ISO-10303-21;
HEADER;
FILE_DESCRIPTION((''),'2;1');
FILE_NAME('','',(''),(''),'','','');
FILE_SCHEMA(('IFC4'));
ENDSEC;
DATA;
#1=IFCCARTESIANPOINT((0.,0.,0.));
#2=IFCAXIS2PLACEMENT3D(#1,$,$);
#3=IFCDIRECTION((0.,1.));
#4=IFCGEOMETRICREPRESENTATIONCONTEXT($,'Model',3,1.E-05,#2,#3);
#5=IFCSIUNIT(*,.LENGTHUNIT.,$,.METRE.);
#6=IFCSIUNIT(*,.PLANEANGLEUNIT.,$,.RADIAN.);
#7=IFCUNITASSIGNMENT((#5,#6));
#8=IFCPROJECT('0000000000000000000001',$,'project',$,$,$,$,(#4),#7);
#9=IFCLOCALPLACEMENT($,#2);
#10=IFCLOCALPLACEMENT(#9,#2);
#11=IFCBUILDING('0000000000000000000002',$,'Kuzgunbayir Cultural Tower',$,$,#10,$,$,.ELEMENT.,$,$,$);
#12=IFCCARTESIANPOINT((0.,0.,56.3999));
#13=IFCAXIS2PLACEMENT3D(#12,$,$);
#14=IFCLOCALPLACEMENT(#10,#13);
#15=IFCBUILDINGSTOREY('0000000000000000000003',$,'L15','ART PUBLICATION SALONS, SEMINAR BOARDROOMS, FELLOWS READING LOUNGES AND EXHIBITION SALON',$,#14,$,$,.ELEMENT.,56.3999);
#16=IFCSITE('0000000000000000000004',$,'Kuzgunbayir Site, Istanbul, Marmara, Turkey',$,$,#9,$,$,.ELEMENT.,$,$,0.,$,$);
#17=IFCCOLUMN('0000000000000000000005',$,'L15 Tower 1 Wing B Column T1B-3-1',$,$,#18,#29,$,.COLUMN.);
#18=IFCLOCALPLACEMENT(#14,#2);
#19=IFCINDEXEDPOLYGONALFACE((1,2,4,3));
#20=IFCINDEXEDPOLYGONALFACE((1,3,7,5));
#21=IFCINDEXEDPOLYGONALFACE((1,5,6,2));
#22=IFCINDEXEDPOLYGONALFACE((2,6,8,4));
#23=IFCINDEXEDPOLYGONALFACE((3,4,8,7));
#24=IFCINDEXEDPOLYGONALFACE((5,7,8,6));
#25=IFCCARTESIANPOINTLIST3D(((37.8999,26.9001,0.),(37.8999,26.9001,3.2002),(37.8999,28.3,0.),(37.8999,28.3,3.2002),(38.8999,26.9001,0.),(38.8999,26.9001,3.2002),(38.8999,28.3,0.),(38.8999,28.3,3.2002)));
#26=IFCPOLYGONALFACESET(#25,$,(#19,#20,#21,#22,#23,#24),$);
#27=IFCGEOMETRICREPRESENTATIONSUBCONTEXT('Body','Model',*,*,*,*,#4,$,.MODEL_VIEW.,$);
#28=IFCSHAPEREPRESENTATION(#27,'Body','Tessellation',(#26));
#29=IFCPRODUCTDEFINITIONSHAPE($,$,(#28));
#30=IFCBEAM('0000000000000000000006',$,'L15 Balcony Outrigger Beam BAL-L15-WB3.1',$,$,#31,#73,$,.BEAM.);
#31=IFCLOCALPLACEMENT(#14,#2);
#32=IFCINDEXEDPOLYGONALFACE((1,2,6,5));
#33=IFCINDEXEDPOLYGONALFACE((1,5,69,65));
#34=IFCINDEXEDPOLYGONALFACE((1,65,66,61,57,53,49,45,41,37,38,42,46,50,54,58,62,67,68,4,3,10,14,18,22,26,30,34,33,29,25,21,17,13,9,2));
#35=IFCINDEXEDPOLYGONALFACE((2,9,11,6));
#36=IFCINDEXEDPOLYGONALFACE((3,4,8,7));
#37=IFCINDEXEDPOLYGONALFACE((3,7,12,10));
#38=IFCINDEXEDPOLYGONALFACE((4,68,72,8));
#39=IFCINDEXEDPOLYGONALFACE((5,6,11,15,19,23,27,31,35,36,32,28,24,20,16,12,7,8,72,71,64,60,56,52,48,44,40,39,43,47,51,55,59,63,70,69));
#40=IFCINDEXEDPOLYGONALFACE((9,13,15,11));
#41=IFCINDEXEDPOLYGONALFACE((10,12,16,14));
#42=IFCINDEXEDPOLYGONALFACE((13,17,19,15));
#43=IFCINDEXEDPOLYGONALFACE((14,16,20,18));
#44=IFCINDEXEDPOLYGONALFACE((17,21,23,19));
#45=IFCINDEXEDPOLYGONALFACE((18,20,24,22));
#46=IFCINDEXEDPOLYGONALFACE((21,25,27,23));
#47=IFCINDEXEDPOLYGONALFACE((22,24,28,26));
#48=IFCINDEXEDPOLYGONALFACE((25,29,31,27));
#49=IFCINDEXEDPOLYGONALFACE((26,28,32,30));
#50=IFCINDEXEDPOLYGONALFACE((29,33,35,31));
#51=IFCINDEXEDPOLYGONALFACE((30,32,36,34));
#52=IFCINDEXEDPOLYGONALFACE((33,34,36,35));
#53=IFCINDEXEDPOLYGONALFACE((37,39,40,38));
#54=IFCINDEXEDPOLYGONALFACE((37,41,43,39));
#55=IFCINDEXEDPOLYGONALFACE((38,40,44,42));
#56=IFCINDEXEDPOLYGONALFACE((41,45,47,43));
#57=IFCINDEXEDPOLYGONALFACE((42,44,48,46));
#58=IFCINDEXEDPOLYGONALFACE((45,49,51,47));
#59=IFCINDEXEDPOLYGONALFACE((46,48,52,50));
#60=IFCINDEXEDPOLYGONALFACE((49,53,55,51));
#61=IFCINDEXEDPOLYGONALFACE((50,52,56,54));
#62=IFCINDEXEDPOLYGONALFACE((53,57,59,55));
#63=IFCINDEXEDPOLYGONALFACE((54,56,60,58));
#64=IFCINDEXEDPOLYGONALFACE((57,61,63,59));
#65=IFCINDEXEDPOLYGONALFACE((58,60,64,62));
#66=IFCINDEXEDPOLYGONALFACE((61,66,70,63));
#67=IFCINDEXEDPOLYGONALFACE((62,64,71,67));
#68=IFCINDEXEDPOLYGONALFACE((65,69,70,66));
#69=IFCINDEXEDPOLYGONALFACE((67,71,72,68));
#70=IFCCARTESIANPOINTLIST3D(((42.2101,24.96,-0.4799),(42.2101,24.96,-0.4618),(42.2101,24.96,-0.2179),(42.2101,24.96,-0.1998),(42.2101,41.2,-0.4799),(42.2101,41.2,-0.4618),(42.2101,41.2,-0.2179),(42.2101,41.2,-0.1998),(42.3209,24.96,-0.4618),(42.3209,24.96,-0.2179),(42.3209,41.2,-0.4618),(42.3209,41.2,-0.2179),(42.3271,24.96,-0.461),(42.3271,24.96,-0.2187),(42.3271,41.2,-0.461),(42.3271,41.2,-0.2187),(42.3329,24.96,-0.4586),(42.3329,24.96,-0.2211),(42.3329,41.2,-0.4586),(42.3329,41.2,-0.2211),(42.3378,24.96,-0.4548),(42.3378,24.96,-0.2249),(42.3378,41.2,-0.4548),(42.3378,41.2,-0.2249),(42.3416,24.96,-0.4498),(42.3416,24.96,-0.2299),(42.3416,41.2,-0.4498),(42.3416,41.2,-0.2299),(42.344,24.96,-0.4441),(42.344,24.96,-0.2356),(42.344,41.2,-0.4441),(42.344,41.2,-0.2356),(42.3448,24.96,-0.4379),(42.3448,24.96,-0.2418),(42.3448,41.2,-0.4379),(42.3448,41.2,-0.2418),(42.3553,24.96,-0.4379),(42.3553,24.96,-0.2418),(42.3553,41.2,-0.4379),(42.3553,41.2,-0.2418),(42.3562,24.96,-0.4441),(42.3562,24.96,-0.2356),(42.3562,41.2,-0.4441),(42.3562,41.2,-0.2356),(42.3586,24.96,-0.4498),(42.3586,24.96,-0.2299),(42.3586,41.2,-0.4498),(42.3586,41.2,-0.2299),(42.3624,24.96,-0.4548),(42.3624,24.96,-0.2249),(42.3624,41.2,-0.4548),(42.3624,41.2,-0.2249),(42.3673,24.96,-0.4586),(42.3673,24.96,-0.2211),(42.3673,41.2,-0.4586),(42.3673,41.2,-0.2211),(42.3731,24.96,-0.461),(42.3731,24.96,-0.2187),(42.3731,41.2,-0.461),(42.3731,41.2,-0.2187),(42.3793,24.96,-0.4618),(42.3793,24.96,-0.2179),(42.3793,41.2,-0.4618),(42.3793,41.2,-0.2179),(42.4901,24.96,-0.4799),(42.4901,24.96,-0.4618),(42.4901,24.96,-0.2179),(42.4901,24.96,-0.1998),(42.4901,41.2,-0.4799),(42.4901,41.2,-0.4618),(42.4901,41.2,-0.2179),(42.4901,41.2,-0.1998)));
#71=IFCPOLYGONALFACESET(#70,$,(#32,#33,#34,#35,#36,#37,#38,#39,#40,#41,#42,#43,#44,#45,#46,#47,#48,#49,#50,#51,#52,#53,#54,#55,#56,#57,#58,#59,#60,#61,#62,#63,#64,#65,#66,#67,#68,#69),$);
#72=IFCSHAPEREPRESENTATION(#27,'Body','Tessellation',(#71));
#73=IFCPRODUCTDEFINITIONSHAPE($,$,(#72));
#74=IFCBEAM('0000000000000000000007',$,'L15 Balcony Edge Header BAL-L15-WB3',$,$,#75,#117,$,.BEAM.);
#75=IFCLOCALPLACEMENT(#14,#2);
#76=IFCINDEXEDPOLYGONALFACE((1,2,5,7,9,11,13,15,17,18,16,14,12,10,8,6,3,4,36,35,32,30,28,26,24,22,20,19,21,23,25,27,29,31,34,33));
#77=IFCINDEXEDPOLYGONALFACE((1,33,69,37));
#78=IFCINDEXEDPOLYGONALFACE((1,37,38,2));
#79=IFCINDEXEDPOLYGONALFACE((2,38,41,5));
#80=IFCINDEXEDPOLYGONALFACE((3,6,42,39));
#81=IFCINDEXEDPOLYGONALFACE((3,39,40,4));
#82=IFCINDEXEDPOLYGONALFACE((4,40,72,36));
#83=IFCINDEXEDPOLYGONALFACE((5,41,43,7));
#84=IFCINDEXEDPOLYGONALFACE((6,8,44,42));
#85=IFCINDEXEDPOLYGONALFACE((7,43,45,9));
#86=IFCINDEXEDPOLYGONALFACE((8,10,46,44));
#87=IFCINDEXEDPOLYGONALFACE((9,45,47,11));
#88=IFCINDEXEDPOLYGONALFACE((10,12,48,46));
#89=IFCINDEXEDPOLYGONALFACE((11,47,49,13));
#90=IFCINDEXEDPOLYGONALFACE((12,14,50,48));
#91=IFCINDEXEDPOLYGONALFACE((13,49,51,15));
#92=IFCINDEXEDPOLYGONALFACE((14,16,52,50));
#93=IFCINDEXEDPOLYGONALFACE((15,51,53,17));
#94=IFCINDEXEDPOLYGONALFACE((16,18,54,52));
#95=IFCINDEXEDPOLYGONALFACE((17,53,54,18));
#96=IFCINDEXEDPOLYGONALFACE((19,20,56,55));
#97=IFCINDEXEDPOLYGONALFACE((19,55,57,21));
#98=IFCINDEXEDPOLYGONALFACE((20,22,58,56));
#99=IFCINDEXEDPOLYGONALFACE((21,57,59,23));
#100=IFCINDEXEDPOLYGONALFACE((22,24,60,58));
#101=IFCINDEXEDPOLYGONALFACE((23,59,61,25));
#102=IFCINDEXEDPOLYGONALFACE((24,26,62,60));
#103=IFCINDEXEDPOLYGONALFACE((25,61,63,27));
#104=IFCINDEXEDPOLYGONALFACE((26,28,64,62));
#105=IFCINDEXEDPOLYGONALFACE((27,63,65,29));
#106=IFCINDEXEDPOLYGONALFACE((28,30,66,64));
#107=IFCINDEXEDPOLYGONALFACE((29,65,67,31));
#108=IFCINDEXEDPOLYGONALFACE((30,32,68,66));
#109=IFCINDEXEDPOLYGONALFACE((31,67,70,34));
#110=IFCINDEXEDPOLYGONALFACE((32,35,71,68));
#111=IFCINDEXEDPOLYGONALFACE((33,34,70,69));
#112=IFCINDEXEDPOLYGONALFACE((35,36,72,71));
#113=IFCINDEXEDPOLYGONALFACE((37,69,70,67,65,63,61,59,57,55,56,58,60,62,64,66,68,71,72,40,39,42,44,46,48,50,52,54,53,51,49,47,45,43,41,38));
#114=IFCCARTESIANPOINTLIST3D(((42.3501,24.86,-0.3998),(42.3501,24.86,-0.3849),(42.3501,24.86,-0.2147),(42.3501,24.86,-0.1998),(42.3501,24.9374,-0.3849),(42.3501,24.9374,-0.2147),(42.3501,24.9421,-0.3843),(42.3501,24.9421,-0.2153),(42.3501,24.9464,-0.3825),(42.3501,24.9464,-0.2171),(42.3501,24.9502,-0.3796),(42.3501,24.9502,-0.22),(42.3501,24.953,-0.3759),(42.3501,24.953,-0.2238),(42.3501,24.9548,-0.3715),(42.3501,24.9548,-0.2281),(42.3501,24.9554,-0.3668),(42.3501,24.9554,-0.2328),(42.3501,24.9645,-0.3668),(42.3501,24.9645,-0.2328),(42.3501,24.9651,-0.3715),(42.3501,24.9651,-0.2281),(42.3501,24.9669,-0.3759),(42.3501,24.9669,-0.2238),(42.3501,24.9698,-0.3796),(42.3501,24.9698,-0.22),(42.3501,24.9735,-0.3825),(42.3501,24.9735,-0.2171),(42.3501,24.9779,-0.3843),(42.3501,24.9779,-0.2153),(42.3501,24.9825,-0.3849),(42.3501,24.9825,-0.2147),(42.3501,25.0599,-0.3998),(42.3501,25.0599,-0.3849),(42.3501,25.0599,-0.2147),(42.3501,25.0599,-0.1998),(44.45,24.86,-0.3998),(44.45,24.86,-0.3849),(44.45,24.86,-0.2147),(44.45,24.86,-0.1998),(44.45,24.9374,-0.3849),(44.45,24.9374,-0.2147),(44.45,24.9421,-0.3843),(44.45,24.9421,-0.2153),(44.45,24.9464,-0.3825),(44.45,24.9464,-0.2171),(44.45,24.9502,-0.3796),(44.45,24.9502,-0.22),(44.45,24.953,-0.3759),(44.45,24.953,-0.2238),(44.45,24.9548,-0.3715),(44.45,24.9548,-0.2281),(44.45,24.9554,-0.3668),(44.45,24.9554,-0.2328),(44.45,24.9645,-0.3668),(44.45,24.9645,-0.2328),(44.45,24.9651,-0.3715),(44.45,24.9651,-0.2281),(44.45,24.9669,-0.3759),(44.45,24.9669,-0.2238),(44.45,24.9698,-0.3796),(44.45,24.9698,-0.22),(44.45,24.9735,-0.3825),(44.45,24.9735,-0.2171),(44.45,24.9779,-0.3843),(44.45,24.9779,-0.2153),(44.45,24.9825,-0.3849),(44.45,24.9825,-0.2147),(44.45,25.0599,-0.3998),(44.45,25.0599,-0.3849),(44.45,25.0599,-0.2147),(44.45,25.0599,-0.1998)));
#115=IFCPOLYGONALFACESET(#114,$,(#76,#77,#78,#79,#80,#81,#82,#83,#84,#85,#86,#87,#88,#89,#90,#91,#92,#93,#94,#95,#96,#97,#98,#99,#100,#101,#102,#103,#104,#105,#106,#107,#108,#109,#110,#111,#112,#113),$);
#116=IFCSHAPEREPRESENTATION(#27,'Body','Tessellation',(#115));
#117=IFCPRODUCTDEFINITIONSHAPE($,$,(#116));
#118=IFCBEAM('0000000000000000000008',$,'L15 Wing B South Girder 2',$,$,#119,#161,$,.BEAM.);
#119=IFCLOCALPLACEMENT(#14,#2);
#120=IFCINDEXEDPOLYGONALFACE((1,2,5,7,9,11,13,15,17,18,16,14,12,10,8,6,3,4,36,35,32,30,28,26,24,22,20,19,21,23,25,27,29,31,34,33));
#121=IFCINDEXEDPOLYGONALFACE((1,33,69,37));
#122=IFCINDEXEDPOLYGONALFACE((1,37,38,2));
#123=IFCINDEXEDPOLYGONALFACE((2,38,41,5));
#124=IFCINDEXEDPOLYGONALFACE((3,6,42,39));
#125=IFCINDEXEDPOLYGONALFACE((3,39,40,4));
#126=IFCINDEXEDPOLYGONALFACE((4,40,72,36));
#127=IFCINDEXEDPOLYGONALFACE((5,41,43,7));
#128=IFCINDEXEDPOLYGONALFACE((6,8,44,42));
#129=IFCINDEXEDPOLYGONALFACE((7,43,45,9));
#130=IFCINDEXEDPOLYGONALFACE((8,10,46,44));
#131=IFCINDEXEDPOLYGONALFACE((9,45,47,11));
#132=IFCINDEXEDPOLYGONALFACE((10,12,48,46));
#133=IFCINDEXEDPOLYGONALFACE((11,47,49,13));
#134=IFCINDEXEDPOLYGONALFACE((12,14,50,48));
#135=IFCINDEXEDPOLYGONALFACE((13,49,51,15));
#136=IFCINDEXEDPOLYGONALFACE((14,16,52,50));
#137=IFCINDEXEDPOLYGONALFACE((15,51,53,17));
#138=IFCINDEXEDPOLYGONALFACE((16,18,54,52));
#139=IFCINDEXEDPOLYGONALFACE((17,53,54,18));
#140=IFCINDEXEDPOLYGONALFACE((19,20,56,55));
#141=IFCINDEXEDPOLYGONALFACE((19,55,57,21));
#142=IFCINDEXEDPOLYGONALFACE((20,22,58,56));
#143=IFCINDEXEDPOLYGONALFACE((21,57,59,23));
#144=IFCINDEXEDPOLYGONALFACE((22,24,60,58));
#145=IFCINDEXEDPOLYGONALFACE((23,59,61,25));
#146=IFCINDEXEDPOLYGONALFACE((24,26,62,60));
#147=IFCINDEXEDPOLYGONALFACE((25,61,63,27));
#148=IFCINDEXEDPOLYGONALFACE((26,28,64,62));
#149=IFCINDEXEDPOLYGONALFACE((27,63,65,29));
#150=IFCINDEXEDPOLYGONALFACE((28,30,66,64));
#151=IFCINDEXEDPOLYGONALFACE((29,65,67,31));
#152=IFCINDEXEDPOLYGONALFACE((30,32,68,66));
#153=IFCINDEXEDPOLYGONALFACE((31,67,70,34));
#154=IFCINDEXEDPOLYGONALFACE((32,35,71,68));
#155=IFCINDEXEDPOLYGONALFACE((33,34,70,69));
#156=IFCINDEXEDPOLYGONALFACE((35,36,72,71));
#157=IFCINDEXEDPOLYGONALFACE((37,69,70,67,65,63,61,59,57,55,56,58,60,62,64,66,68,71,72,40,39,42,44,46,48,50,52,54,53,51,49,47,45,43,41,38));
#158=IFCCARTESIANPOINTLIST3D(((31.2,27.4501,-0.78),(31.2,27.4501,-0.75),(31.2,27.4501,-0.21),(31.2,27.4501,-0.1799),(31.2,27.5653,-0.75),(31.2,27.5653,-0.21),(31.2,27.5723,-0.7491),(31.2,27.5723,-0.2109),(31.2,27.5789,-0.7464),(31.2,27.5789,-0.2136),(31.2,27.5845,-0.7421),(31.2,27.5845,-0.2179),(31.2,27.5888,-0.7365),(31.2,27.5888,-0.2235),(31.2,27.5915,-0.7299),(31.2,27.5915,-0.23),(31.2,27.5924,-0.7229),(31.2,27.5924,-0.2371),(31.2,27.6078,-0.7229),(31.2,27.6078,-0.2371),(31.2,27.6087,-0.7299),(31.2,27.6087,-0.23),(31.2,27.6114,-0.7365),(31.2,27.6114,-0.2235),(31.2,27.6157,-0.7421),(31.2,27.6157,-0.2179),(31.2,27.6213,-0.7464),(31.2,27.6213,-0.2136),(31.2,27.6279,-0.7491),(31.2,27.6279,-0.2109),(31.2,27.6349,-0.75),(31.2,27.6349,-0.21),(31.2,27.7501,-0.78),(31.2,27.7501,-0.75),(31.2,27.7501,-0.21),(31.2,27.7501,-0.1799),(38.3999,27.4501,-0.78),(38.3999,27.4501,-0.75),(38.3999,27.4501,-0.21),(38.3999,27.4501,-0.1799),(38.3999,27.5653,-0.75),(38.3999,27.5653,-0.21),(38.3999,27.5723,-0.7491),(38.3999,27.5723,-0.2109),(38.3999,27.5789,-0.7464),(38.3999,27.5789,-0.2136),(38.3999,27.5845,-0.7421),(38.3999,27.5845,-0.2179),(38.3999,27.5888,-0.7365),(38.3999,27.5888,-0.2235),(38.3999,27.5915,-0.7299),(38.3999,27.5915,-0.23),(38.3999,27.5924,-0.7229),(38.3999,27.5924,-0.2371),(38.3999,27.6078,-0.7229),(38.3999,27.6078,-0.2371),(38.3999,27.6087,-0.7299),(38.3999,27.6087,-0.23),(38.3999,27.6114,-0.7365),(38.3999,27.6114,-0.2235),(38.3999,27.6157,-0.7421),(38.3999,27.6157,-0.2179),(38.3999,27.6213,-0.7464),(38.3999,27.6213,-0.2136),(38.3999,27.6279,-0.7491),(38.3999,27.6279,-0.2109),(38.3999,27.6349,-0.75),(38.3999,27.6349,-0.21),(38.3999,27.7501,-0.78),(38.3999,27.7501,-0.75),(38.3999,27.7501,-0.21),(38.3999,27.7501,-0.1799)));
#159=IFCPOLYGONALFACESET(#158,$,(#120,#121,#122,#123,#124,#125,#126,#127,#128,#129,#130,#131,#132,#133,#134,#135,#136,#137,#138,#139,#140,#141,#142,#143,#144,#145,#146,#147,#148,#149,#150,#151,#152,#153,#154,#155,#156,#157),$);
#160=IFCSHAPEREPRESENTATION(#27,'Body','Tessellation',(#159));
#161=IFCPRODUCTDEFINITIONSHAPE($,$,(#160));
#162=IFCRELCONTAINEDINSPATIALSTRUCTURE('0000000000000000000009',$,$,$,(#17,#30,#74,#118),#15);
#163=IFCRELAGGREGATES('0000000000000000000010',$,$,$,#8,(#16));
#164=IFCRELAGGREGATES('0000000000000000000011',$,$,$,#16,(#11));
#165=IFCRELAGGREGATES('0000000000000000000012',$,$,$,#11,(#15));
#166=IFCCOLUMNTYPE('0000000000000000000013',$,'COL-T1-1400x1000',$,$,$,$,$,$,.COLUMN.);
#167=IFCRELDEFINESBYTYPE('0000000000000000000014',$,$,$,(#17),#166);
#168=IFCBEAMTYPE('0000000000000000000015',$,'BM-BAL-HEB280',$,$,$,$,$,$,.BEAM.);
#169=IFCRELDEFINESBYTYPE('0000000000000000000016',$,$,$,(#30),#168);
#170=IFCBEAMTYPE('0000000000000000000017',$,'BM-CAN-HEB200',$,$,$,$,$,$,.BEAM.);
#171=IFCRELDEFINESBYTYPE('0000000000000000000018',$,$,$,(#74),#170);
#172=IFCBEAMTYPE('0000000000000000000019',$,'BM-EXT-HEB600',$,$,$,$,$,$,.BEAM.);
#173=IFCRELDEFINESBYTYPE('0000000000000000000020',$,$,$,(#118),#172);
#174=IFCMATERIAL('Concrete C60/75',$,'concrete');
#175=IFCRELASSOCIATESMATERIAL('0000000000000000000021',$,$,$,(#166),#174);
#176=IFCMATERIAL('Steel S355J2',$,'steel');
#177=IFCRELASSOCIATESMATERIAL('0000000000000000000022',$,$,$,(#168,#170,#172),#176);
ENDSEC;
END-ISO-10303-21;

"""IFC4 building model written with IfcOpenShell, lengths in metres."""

from ifc_helpers import new_model, si_unit, direction, frame, origin, origin_2d, place, context, subcontext, project, spatial, rectangle, i_section, extrude, material, material_profile, profile_set, type_object, element, save


model = new_model("IFC4")

# Units and contexts
model_context = context("Model", 3, precision=1e-05, world=origin(), true_north=direction((0.0, 1.0)))
body_context = subcontext(model_context, "Body", "Model", "MODEL_VIEW")
ifc_project = project(units=[si_unit("LENGTHUNIT", "METRE"), si_unit("PLANEANGLEUNIT", "RADIAN")], contexts=[model_context])

# Site, building, storey
site_placement = place(None, origin())
site = spatial("IfcSite", under=ifc_project, at=site_placement, Name="Kuzgunbayir Site, Istanbul, Marmara, Turkey", CompositionType="ELEMENT", RefElevation=0.0)
building_placement = place(site_placement, origin())
building = spatial("IfcBuilding", under=site, at=building_placement, Name="Kuzgunbayir Cultural Tower", CompositionType="ELEMENT")
storey_placement = place(building_placement, frame((0.0, 0.0, 56.3999)))
storey = spatial("IfcBuildingStorey", under=building, at=storey_placement, Name="L15", Description="ART PUBLICATION SALONS, SEMINAR BOARDROOMS, FELLOWS READING LOUNGES AND EXHIBITION SALON", CompositionType="ELEMENT", Elevation=56.3999)

# Column
ifc_material_1 = material(Name="Concrete C60/75", Category="concrete")
ifc_material_profile_1 = material_profile(ifc_material_1, rectangle(XDim=1.0, YDim=1.3999, at=origin_2d()), Name="RC 1400x1000")
ifc_profile_set_1 = profile_set([ifc_material_profile_1], Name="Concrete C60/75")
column_type = type_object("IfcColumnType", Name="COL-T1-1400x1000", PredefinedType="COLUMN", material=ifc_profile_set_1)
column_placement = place(storey_placement, frame((38.3999, 27.6001, 0.0), z_axis=(0.0, 0.0, 1.0), x_axis=(1.0, 0.0, 0.0)))
element("IfcColumn", 1, at=column_placement, inside=storey, type_object=column_type, Name="L15 Tower 1 Wing B Column T1B-3-1", PredefinedType="COLUMN", context=body_context, shape_type="SweptSolid", body=[
    extrude(rectangle(XDim=1.0, YDim=1.3999, at=origin_2d()), origin(), (0.0, 0.0, 1.0), 3.2002),
])

# Beams
ifc_material_2 = material(Name="Steel S355J2", Category="steel")
ifc_material_profile_2 = material_profile(ifc_material_2, i_section(OverallWidth=0.28, OverallDepth=0.28, WebThickness=0.0105, FlangeThickness=0.0181, FilletRadius=0.0239, at=origin_2d()), Name="HEB 280")
ifc_profile_set_2 = profile_set([ifc_material_profile_2], Name="Steel S355J2")
beam_type_1 = type_object("IfcBeamType", Name="BM-BAL-HEB280", PredefinedType="BEAM", material=ifc_profile_set_2)
beam_1_placement = place(storey_placement, frame((42.3501, 24.96, -0.3398), z_axis=(0.0, 1.0, 0.0), x_axis=(-1.0, 0.0, 0.0)))
element("IfcBeam", 2, at=beam_1_placement, inside=storey, type_object=beam_type_1, Name="L15 Balcony Outrigger Beam BAL-L15-WB3.1", PredefinedType="BEAM", context=body_context, shape_type="SweptSolid", body=[
    extrude(i_section(OverallWidth=0.28, OverallDepth=0.28, WebThickness=0.0105, FlangeThickness=0.0181, FilletRadius=0.0239, at=origin_2d()), origin(), (0.0, 0.0, 1.0), 16.24),
])
ifc_material_profile_3 = material_profile(ifc_material_2, i_section(OverallWidth=0.2, OverallDepth=0.2, WebThickness=0.009, FlangeThickness=0.0149, FilletRadius=0.0181, at=origin_2d()), Name="HEB 200")
ifc_profile_set_3 = profile_set([ifc_material_profile_3], Name="Steel S355J2")
beam_type_2 = type_object("IfcBeamType", Name="BM-CAN-HEB200", PredefinedType="BEAM", material=ifc_profile_set_3)
beam_2_placement = place(storey_placement, frame((42.3501, 24.96, -0.2998), z_axis=(1.0, 0.0, 0.0), x_axis=(0.0, 1.0, 0.0)))
element("IfcBeam", 3, at=beam_2_placement, inside=storey, type_object=beam_type_2, Name="L15 Balcony Edge Header BAL-L15-WB3", PredefinedType="BEAM", context=body_context, shape_type="SweptSolid", body=[
    extrude(i_section(OverallWidth=0.2, OverallDepth=0.2, WebThickness=0.009, FlangeThickness=0.0149, FilletRadius=0.0181, at=origin_2d()), origin(), (0.0, 0.0, 1.0), 2.0999),
])
ifc_material_profile_4 = material_profile(ifc_material_2, i_section(OverallWidth=0.3, OverallDepth=0.6001, WebThickness=0.0154, FlangeThickness=0.03, FilletRadius=0.0271, at=origin_2d()), Name="HEB 600")
ifc_profile_set_4 = profile_set([ifc_material_profile_4], Name="Steel S355J2")
beam_type_3 = type_object("IfcBeamType", Name="BM-EXT-HEB600", PredefinedType="BEAM", material=ifc_profile_set_4)
beam_3_placement = place(storey_placement, frame((31.2, 27.6001, -0.48), z_axis=(1.0, 0.0, 0.0), x_axis=(0.0, 1.0, 0.0)))
element("IfcBeam", 4, at=beam_3_placement, inside=storey, type_object=beam_type_3, Name="L15 Wing B South Girder 2", PredefinedType="BEAM", context=body_context, shape_type="SweptSolid", body=[
    extrude(i_section(OverallWidth=0.3, OverallDepth=0.6001, WebThickness=0.0154, FlangeThickness=0.03, FilletRadius=0.0271, at=origin_2d()), origin(), (0.0, 0.0, 1.0), 7.2),
])

save(model, "model.ifc")
